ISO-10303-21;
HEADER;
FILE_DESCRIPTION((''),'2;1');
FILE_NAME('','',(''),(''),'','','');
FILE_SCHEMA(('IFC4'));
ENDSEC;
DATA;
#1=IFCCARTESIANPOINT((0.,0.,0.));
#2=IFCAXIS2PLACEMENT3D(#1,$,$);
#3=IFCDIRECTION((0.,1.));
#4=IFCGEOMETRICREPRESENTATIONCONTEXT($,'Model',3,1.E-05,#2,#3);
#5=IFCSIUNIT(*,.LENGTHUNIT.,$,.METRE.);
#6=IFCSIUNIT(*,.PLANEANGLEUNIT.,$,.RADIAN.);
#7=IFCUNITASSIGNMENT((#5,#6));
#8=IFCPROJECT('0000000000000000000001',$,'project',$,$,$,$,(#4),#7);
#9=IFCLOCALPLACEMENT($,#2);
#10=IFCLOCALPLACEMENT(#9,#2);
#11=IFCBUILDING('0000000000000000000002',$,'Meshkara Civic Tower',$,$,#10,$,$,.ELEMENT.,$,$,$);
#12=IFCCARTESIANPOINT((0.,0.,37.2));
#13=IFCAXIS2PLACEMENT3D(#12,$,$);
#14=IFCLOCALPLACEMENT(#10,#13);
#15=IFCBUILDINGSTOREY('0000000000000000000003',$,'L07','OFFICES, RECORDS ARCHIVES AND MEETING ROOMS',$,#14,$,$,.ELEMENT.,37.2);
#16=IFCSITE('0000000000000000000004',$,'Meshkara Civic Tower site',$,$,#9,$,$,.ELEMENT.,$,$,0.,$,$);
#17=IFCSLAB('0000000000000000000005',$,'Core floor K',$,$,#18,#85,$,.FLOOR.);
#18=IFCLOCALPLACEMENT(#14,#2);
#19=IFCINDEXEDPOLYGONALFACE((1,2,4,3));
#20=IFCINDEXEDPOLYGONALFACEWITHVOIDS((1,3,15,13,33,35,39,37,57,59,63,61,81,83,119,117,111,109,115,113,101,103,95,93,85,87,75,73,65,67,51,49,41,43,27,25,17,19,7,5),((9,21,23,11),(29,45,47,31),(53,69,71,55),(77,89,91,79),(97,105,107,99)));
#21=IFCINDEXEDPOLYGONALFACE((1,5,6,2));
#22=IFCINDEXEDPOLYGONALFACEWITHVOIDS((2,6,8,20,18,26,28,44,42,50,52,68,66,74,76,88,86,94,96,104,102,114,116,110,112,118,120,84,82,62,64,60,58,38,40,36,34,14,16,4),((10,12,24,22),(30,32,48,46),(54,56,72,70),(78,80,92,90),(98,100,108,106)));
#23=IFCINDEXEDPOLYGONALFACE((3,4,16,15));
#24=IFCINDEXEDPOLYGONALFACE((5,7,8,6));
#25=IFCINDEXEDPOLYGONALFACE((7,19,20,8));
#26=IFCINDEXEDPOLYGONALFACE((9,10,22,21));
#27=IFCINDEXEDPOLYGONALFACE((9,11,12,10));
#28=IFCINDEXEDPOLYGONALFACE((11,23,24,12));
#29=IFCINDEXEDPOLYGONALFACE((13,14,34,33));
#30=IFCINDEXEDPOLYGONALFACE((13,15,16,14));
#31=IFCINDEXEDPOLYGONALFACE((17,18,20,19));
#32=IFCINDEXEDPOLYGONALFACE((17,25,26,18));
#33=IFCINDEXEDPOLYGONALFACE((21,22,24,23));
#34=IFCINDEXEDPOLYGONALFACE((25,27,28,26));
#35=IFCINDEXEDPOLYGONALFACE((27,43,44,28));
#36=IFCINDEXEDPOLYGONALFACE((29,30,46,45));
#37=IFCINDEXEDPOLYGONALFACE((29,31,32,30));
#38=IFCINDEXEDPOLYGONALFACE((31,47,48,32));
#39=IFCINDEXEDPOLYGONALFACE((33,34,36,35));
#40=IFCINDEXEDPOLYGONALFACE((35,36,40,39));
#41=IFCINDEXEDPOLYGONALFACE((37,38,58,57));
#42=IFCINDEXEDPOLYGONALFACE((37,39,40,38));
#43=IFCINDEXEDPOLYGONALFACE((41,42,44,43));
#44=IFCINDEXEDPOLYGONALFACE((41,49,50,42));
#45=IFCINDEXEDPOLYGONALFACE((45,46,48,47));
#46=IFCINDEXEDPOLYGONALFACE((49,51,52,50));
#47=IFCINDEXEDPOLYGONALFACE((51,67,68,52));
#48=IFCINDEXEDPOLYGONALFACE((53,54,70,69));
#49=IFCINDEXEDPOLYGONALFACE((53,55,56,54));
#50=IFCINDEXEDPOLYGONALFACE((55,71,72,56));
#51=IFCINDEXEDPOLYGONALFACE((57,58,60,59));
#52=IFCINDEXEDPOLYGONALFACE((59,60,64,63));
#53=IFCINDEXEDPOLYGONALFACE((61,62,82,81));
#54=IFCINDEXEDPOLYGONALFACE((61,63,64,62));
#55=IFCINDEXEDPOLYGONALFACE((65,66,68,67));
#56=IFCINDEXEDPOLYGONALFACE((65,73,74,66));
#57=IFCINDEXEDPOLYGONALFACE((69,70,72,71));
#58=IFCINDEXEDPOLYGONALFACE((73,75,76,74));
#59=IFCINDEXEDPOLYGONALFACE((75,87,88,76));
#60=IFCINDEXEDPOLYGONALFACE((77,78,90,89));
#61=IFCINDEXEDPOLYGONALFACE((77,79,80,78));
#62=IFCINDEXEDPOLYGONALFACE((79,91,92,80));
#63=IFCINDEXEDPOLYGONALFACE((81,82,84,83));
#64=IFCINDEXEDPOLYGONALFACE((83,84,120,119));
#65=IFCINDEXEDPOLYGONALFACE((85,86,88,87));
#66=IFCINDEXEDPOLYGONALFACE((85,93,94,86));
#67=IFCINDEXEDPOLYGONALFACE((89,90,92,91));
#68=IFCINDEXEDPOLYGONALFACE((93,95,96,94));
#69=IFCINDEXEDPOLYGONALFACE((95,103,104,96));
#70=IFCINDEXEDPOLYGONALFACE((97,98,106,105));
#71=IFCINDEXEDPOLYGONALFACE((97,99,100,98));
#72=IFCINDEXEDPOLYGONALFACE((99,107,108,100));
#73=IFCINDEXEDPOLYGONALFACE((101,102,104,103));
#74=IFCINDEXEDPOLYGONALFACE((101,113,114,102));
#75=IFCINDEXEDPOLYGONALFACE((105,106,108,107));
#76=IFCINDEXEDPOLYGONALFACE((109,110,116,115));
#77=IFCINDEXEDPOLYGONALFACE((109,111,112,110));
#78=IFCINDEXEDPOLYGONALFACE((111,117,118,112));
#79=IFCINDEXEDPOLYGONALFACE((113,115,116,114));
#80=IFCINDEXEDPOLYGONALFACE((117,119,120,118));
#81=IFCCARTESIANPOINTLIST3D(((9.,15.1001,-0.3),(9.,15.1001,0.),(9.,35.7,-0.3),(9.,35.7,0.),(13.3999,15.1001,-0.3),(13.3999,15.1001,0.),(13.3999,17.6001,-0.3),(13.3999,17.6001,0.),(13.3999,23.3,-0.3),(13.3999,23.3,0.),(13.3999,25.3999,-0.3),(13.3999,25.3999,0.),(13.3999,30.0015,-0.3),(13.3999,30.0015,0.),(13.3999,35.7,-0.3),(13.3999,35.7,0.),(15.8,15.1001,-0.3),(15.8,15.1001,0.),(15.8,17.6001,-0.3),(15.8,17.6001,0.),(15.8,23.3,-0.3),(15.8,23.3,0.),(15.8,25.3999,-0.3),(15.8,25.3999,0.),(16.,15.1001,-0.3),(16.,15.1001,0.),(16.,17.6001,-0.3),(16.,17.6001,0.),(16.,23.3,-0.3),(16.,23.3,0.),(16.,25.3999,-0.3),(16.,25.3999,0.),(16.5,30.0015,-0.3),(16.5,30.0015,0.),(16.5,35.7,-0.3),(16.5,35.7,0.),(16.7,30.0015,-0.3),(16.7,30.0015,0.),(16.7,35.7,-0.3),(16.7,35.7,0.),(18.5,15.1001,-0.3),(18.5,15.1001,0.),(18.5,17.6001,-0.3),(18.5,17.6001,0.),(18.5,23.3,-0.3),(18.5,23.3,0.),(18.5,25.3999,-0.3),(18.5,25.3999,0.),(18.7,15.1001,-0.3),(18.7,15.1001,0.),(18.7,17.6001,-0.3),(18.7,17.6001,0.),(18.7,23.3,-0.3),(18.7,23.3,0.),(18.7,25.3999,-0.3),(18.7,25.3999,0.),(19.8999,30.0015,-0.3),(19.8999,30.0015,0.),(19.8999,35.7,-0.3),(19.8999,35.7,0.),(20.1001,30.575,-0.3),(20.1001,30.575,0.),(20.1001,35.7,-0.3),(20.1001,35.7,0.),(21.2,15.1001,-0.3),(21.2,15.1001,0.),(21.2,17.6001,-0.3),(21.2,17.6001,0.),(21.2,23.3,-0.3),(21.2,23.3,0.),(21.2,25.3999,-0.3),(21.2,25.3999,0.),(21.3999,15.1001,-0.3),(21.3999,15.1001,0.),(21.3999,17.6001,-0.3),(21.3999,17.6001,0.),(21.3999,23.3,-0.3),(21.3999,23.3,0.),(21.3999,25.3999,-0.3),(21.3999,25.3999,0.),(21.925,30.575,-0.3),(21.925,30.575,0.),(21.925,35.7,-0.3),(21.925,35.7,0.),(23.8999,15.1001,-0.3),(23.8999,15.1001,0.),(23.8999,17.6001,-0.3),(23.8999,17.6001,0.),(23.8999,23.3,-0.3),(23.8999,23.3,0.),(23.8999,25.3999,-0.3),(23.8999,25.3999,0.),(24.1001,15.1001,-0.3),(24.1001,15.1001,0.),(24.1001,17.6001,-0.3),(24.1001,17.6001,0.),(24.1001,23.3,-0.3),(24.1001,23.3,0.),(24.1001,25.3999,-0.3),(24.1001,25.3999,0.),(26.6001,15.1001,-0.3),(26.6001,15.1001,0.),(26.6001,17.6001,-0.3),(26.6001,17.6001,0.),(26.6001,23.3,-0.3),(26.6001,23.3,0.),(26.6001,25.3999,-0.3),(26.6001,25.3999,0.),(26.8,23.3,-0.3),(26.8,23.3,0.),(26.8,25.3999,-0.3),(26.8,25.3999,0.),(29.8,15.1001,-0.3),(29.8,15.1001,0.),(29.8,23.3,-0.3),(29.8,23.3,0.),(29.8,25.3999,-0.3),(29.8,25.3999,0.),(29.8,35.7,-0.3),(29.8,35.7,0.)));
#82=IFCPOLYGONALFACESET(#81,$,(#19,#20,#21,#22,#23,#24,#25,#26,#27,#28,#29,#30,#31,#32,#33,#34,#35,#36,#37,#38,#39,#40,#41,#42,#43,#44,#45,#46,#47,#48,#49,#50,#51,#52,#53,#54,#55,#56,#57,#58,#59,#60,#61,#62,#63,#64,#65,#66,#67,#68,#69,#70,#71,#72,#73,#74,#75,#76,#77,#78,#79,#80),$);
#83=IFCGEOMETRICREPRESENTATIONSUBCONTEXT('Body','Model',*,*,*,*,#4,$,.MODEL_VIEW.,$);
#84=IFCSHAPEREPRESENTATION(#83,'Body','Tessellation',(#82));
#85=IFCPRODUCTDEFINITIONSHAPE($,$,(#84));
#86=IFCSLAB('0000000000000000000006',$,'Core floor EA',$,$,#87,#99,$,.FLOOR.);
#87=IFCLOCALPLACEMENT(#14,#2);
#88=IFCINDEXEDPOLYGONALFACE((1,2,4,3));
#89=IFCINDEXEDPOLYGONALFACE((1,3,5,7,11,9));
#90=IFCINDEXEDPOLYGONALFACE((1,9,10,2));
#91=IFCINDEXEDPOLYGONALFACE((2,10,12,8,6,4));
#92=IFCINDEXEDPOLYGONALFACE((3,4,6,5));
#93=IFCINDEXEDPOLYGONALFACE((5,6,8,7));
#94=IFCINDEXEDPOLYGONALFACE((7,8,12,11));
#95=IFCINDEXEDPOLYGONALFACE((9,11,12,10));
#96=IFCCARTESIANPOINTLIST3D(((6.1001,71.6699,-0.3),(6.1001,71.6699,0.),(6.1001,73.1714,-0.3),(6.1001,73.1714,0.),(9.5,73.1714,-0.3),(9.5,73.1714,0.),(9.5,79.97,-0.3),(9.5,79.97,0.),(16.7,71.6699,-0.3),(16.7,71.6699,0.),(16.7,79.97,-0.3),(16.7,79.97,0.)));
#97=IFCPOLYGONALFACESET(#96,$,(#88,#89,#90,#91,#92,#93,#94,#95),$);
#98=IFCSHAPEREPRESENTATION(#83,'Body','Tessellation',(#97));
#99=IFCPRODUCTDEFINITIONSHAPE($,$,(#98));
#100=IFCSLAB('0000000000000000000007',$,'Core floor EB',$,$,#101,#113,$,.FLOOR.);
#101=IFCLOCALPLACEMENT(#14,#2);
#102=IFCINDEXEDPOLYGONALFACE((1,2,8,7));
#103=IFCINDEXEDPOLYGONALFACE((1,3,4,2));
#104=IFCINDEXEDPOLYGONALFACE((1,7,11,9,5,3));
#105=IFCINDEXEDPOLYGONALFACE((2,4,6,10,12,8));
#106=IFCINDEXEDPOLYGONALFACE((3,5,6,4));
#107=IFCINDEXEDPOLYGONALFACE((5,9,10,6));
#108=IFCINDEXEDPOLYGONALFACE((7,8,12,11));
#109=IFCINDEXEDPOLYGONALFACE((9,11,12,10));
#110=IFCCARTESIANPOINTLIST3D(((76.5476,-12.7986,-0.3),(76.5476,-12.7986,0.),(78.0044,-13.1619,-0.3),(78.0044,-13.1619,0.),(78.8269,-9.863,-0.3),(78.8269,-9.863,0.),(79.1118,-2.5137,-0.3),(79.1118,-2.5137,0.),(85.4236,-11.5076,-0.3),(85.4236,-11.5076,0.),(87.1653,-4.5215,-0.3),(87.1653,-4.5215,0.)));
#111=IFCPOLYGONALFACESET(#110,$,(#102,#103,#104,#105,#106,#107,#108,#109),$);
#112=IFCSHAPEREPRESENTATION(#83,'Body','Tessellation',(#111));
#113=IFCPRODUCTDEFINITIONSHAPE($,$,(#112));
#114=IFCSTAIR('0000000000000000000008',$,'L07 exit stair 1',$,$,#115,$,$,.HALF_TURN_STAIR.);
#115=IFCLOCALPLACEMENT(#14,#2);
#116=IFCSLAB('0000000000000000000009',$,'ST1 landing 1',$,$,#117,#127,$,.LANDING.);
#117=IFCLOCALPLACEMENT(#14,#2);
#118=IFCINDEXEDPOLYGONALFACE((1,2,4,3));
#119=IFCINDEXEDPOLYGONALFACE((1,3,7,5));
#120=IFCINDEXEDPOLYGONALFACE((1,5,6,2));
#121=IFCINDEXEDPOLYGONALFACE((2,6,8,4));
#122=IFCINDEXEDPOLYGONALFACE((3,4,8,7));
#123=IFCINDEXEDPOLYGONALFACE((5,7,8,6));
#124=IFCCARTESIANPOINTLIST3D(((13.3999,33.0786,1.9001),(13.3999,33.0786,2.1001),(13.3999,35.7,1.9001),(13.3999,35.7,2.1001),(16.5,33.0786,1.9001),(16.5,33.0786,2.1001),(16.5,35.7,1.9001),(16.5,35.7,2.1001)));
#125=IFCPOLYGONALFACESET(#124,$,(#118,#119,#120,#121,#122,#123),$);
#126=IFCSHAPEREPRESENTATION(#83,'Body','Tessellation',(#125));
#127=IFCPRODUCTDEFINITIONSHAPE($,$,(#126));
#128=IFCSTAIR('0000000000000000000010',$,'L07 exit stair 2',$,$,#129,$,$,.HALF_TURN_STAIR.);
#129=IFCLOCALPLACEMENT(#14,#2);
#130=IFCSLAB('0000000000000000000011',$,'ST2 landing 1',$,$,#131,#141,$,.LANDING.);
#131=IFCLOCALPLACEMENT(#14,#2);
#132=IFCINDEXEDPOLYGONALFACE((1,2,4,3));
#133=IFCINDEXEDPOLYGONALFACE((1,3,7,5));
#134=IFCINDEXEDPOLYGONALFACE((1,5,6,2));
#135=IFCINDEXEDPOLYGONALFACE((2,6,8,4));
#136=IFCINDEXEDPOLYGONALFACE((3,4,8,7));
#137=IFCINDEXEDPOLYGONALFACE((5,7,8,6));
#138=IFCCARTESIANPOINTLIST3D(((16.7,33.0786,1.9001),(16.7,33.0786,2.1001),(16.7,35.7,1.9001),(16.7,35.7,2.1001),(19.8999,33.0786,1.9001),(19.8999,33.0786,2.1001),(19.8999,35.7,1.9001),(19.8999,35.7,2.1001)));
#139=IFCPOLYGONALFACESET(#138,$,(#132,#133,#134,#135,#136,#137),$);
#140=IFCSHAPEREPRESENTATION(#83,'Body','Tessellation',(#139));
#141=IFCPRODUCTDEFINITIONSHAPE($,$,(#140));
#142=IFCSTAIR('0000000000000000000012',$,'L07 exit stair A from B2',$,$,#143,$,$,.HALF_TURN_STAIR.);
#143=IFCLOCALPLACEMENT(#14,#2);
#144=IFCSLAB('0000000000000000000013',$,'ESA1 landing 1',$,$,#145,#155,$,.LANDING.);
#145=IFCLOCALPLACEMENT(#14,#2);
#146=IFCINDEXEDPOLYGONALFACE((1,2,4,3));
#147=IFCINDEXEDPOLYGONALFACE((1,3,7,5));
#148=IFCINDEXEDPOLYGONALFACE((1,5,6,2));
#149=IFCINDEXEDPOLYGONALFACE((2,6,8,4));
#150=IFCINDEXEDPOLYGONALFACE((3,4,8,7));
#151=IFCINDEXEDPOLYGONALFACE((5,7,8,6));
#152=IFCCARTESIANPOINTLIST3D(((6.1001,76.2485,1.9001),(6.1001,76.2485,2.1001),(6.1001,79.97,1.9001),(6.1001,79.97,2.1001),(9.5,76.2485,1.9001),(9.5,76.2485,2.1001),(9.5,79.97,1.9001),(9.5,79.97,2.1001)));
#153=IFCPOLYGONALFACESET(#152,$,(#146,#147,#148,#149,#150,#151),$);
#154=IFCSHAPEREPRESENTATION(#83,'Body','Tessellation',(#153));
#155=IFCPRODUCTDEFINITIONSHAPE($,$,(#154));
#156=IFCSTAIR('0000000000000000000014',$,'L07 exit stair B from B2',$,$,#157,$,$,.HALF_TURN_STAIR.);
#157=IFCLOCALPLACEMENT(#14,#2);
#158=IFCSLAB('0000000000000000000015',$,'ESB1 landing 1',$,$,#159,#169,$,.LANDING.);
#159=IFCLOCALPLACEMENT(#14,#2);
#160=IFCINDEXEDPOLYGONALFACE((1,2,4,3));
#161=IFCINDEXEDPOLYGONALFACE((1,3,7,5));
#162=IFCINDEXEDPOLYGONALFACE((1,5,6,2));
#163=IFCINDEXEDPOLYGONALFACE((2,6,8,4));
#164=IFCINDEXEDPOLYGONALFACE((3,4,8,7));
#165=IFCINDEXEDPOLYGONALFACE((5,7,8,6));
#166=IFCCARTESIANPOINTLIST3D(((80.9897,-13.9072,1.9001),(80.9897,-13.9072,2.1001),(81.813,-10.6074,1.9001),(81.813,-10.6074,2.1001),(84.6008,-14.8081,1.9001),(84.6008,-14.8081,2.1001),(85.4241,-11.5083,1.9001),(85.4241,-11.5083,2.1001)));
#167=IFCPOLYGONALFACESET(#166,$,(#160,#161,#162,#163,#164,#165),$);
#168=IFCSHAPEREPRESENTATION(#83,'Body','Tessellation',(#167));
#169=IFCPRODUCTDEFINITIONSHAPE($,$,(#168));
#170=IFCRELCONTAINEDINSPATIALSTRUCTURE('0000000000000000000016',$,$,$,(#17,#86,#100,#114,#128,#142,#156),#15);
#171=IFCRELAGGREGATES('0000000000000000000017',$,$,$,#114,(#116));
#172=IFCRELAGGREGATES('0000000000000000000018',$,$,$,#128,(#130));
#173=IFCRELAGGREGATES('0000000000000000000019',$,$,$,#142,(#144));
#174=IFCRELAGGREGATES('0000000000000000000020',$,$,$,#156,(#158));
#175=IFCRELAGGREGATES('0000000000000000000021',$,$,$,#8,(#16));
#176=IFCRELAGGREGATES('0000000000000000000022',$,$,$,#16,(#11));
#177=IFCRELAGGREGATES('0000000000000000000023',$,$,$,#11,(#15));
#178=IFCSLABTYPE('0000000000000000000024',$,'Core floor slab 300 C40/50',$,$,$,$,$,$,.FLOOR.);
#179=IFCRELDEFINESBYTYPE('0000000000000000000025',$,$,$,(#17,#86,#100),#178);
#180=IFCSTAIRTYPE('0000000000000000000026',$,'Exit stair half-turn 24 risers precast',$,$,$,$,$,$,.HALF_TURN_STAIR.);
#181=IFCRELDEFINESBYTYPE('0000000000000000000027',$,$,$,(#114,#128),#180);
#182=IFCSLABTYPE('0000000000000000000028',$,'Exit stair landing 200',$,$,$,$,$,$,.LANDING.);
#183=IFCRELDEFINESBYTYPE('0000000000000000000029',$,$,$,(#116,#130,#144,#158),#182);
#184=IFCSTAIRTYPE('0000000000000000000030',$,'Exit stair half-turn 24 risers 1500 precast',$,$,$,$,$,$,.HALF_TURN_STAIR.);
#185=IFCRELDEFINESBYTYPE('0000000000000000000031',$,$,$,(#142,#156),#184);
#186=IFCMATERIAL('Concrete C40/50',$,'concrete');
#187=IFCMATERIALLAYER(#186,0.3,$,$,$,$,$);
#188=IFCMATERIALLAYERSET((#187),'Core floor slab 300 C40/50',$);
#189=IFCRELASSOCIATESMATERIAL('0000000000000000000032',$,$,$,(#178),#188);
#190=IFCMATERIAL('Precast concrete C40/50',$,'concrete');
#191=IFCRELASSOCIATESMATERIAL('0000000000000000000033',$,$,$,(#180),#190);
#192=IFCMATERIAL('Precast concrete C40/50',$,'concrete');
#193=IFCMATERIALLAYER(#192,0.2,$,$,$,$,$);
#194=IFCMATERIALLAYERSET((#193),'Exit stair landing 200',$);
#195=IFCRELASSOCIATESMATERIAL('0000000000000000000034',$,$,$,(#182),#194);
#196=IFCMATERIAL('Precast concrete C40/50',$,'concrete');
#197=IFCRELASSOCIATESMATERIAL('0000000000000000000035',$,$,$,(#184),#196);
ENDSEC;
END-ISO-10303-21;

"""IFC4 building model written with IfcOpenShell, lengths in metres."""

from ifc_helpers import new_model, si_unit, direction, frame, origin, place, context, subcontext, project, spatial, polyline, outline, extrude, material, layer, layer_set, type_object, element, aggregate, save


model = new_model("IFC4")

# Units and contexts
model_context = context("Model", 3, precision=1e-05, world=origin(), true_north=direction((0.0, 1.0)))
body_context = subcontext(model_context, "Body", "Model", "MODEL_VIEW")
ifc_project = project(units=[si_unit("LENGTHUNIT", "METRE"), si_unit("PLANEANGLEUNIT", "RADIAN")], contexts=[model_context])

# Site, building, storey
site_placement = place(None, origin())
site = spatial("IfcSite", under=ifc_project, at=site_placement, Name="Meshkara Civic Tower site", CompositionType="ELEMENT", RefElevation=0.0)
building_placement = place(site_placement, origin())
building = spatial("IfcBuilding", under=site, at=building_placement, Name="Meshkara Civic Tower", CompositionType="ELEMENT")
storey_placement = place(building_placement, frame((0.0, 0.0, 37.2)))
storey = spatial("IfcBuildingStorey", under=building, at=storey_placement, Name="L07", Description="OFFICES, RECORDS ARCHIVES AND MEETING ROOMS", CompositionType="ELEMENT", Elevation=37.2)

# Slabs
ifc_material_1 = material(Name="Concrete C40/50", Category="concrete")
ifc_layer_1 = layer(ifc_material_1, 0.3)
ifc_layer_set_1 = layer_set([ifc_layer_1], Name="Core floor slab 300 C40/50")
slab_type_1 = type_object("IfcSlabType", Name="Core floor slab 300 C40/50", PredefinedType="FLOOR", material=ifc_layer_set_1)
slab_1_placement = place(storey_placement, frame((0.0, 0.0, -0.3)))
element("IfcSlab", 1, at=slab_1_placement, inside=storey, type_object=slab_type_1, Name="Core floor K", PredefinedType="FLOOR", context=body_context, shape_type="SweptSolid", body=[
    extrude(outline(polyline([(9.0, 35.7), (13.3999, 35.7), (13.3999, 30.0015), (16.5, 30.0015), (16.5, 35.7), (16.7, 35.7), (16.7, 30.0015), (19.8999, 30.0015), (19.8999, 35.7), (20.1001, 35.7), (20.1001, 30.575), (21.925, 30.575), (21.925, 35.7), (29.8, 35.7), (29.8, 25.3999), (26.8, 25.3999), (26.8, 23.3), (29.8, 23.3), (29.8, 15.1001), (26.6001, 15.1001), (26.6001, 17.6001), (24.1001, 17.6001), (24.1001, 15.1001), (23.8999, 15.1001), (23.8999, 17.6001), (21.3999, 17.6001), (21.3999, 15.1001), (21.2, 15.1001), (21.2, 17.6001), (18.7, 17.6001), (18.7, 15.1001), (18.5, 15.1001), (18.5, 17.6001), (16.0, 17.6001), (16.0, 15.1001), (15.8, 15.1001), (15.8, 17.6001), (13.3999, 17.6001), (13.3999, 15.1001), (9.0, 15.1001), (9.0, 35.7)]), holes=[polyline([(13.3999, 25.3999), (13.3999, 23.3), (15.8, 23.3), (15.8, 25.3999), (13.3999, 25.3999)]), polyline([(18.5, 23.3), (18.5, 25.3999), (16.0, 25.3999), (16.0, 23.3), (18.5, 23.3)]), polyline([(18.7, 25.3999), (18.7, 23.3), (21.2, 23.3), (21.2, 25.3999), (18.7, 25.3999)]), polyline([(23.8999, 23.3), (23.8999, 25.3999), (21.3999, 25.3999), (21.3999, 23.3), (23.8999, 23.3)]), polyline([(26.6001, 23.3), (26.6001, 25.3999), (24.1001, 25.3999), (24.1001, 23.3), (26.6001, 23.3)])]), origin(), (0.0, 0.0, 1.0), 0.3),
])
slab_2_placement = place(storey_placement, frame((0.0, 0.0, -0.3)))
element("IfcSlab", 2, at=slab_2_placement, inside=storey, type_object=slab_type_1, Name="Core floor EA", PredefinedType="FLOOR", context=body_context, shape_type="SweptSolid", body=[
    extrude(outline(polyline([(16.7, 71.6699), (16.7, 79.97), (9.5, 79.97), (9.5, 73.1714), (6.1001, 73.1714), (6.1001, 71.6699), (16.7, 71.6699)])), origin(), (0.0, 0.0, 1.0), 0.3),
])
slab_3_placement = place(storey_placement, frame((0.0, 0.0, -0.3)))
element("IfcSlab", 3, at=slab_3_placement, inside=storey, type_object=slab_type_1, Name="Core floor EB", PredefinedType="FLOOR", context=body_context, shape_type="SweptSolid", body=[
    extrude(outline(polyline([(79.1118, -2.5137), (87.1653, -4.5215), (85.4236, -11.5076), (78.8269, -9.863), (78.0044, -13.1619), (76.5476, -12.7986), (79.1118, -2.5137)])), origin(), (0.0, 0.0, 1.0), 0.3),
])

# Stairs, slabs
ifc_material_2 = material(Name="Precast concrete C40/50", Category="concrete")
stair_type_1 = type_object("IfcStairType", Name="Exit stair half-turn 24 risers precast", PredefinedType="HALF_TURN_STAIR", material=ifc_material_2)
stair_1_placement = place(storey_placement, origin())
stair_1 = element("IfcStair", 4, at=stair_1_placement, inside=storey, type_object=stair_type_1, Name="L07 exit stair 1", PredefinedType="HALF_TURN_STAIR")
ifc_material_3 = material(Name="Precast concrete C40/50", Category="concrete")
ifc_layer_2 = layer(ifc_material_3, 0.2)
ifc_layer_set_2 = layer_set([ifc_layer_2], Name="Exit stair landing 200")
slab_type_2 = type_object("IfcSlabType", Name="Exit stair landing 200", PredefinedType="LANDING", material=ifc_layer_set_2)
slab_4_placement = place(storey_placement, frame((0.0, 0.0, 1.9001)))
slab_4 = element("IfcSlab", 5, at=slab_4_placement, type_object=slab_type_2, Name="ST1 landing 1", PredefinedType="LANDING", context=body_context, shape_type="SweptSolid", body=[
    extrude(outline(polyline([(16.5, 33.0786), (16.5, 35.7), (13.3999, 35.7), (13.3999, 33.0786), (16.5, 33.0786)])), origin(), (0.0, 0.0, 1.0), 0.2),
])
aggregate(stair_1, [slab_4])
stair_2_placement = place(storey_placement, origin())
stair_2 = element("IfcStair", 6, at=stair_2_placement, inside=storey, type_object=stair_type_1, Name="L07 exit stair 2", PredefinedType="HALF_TURN_STAIR")
slab_5_placement = place(storey_placement, frame((0.0, 0.0, 1.9001)))
slab_5 = element("IfcSlab", 7, at=slab_5_placement, type_object=slab_type_2, Name="ST2 landing 1", PredefinedType="LANDING", context=body_context, shape_type="SweptSolid", body=[
    extrude(outline(polyline([(19.8999, 33.0786), (19.8999, 35.7), (16.7, 35.7), (16.7, 33.0786), (19.8999, 33.0786)])), origin(), (0.0, 0.0, 1.0), 0.2),
])
aggregate(stair_2, [slab_5])
ifc_material_4 = material(Name="Precast concrete C40/50", Category="concrete")
stair_type_2 = type_object("IfcStairType", Name="Exit stair half-turn 24 risers 1500 precast", PredefinedType="HALF_TURN_STAIR", material=ifc_material_4)
stair_3_placement = place(storey_placement, origin())
stair_3 = element("IfcStair", 8, at=stair_3_placement, inside=storey, type_object=stair_type_2, Name="L07 exit stair A from B2", PredefinedType="HALF_TURN_STAIR")
slab_6_placement = place(storey_placement, frame((0.0, 0.0, 1.9001)))
slab_6 = element("IfcSlab", 9, at=slab_6_placement, type_object=slab_type_2, Name="ESA1 landing 1", PredefinedType="LANDING", context=body_context, shape_type="SweptSolid", body=[
    extrude(outline(polyline([(9.5, 76.2485), (9.5, 79.97), (6.1001, 79.97), (6.1001, 76.2485), (9.5, 76.2485)])), origin(), (0.0, 0.0, 1.0), 0.2),
])
aggregate(stair_3, [slab_6])
stair_4_placement = place(storey_placement, origin())
stair_4 = element("IfcStair", 10, at=stair_4_placement, inside=storey, type_object=stair_type_2, Name="L07 exit stair B from B2", PredefinedType="HALF_TURN_STAIR")
slab_7_placement = place(storey_placement, frame((0.0, 0.0, 1.9001)))
slab_7 = element("IfcSlab", 11, at=slab_7_placement, type_object=slab_type_2, Name="ESB1 landing 1", PredefinedType="LANDING", context=body_context, shape_type="SweptSolid", body=[
    extrude(outline(polyline([(80.9897, -13.9072), (84.6008, -14.8081), (85.4241, -11.5083), (81.813, -10.6074), (80.9897, -13.9072)])), origin(), (0.0, 0.0, 1.0), 0.2),
])
aggregate(stair_4, [slab_7])

save(model, "model.ifc")
